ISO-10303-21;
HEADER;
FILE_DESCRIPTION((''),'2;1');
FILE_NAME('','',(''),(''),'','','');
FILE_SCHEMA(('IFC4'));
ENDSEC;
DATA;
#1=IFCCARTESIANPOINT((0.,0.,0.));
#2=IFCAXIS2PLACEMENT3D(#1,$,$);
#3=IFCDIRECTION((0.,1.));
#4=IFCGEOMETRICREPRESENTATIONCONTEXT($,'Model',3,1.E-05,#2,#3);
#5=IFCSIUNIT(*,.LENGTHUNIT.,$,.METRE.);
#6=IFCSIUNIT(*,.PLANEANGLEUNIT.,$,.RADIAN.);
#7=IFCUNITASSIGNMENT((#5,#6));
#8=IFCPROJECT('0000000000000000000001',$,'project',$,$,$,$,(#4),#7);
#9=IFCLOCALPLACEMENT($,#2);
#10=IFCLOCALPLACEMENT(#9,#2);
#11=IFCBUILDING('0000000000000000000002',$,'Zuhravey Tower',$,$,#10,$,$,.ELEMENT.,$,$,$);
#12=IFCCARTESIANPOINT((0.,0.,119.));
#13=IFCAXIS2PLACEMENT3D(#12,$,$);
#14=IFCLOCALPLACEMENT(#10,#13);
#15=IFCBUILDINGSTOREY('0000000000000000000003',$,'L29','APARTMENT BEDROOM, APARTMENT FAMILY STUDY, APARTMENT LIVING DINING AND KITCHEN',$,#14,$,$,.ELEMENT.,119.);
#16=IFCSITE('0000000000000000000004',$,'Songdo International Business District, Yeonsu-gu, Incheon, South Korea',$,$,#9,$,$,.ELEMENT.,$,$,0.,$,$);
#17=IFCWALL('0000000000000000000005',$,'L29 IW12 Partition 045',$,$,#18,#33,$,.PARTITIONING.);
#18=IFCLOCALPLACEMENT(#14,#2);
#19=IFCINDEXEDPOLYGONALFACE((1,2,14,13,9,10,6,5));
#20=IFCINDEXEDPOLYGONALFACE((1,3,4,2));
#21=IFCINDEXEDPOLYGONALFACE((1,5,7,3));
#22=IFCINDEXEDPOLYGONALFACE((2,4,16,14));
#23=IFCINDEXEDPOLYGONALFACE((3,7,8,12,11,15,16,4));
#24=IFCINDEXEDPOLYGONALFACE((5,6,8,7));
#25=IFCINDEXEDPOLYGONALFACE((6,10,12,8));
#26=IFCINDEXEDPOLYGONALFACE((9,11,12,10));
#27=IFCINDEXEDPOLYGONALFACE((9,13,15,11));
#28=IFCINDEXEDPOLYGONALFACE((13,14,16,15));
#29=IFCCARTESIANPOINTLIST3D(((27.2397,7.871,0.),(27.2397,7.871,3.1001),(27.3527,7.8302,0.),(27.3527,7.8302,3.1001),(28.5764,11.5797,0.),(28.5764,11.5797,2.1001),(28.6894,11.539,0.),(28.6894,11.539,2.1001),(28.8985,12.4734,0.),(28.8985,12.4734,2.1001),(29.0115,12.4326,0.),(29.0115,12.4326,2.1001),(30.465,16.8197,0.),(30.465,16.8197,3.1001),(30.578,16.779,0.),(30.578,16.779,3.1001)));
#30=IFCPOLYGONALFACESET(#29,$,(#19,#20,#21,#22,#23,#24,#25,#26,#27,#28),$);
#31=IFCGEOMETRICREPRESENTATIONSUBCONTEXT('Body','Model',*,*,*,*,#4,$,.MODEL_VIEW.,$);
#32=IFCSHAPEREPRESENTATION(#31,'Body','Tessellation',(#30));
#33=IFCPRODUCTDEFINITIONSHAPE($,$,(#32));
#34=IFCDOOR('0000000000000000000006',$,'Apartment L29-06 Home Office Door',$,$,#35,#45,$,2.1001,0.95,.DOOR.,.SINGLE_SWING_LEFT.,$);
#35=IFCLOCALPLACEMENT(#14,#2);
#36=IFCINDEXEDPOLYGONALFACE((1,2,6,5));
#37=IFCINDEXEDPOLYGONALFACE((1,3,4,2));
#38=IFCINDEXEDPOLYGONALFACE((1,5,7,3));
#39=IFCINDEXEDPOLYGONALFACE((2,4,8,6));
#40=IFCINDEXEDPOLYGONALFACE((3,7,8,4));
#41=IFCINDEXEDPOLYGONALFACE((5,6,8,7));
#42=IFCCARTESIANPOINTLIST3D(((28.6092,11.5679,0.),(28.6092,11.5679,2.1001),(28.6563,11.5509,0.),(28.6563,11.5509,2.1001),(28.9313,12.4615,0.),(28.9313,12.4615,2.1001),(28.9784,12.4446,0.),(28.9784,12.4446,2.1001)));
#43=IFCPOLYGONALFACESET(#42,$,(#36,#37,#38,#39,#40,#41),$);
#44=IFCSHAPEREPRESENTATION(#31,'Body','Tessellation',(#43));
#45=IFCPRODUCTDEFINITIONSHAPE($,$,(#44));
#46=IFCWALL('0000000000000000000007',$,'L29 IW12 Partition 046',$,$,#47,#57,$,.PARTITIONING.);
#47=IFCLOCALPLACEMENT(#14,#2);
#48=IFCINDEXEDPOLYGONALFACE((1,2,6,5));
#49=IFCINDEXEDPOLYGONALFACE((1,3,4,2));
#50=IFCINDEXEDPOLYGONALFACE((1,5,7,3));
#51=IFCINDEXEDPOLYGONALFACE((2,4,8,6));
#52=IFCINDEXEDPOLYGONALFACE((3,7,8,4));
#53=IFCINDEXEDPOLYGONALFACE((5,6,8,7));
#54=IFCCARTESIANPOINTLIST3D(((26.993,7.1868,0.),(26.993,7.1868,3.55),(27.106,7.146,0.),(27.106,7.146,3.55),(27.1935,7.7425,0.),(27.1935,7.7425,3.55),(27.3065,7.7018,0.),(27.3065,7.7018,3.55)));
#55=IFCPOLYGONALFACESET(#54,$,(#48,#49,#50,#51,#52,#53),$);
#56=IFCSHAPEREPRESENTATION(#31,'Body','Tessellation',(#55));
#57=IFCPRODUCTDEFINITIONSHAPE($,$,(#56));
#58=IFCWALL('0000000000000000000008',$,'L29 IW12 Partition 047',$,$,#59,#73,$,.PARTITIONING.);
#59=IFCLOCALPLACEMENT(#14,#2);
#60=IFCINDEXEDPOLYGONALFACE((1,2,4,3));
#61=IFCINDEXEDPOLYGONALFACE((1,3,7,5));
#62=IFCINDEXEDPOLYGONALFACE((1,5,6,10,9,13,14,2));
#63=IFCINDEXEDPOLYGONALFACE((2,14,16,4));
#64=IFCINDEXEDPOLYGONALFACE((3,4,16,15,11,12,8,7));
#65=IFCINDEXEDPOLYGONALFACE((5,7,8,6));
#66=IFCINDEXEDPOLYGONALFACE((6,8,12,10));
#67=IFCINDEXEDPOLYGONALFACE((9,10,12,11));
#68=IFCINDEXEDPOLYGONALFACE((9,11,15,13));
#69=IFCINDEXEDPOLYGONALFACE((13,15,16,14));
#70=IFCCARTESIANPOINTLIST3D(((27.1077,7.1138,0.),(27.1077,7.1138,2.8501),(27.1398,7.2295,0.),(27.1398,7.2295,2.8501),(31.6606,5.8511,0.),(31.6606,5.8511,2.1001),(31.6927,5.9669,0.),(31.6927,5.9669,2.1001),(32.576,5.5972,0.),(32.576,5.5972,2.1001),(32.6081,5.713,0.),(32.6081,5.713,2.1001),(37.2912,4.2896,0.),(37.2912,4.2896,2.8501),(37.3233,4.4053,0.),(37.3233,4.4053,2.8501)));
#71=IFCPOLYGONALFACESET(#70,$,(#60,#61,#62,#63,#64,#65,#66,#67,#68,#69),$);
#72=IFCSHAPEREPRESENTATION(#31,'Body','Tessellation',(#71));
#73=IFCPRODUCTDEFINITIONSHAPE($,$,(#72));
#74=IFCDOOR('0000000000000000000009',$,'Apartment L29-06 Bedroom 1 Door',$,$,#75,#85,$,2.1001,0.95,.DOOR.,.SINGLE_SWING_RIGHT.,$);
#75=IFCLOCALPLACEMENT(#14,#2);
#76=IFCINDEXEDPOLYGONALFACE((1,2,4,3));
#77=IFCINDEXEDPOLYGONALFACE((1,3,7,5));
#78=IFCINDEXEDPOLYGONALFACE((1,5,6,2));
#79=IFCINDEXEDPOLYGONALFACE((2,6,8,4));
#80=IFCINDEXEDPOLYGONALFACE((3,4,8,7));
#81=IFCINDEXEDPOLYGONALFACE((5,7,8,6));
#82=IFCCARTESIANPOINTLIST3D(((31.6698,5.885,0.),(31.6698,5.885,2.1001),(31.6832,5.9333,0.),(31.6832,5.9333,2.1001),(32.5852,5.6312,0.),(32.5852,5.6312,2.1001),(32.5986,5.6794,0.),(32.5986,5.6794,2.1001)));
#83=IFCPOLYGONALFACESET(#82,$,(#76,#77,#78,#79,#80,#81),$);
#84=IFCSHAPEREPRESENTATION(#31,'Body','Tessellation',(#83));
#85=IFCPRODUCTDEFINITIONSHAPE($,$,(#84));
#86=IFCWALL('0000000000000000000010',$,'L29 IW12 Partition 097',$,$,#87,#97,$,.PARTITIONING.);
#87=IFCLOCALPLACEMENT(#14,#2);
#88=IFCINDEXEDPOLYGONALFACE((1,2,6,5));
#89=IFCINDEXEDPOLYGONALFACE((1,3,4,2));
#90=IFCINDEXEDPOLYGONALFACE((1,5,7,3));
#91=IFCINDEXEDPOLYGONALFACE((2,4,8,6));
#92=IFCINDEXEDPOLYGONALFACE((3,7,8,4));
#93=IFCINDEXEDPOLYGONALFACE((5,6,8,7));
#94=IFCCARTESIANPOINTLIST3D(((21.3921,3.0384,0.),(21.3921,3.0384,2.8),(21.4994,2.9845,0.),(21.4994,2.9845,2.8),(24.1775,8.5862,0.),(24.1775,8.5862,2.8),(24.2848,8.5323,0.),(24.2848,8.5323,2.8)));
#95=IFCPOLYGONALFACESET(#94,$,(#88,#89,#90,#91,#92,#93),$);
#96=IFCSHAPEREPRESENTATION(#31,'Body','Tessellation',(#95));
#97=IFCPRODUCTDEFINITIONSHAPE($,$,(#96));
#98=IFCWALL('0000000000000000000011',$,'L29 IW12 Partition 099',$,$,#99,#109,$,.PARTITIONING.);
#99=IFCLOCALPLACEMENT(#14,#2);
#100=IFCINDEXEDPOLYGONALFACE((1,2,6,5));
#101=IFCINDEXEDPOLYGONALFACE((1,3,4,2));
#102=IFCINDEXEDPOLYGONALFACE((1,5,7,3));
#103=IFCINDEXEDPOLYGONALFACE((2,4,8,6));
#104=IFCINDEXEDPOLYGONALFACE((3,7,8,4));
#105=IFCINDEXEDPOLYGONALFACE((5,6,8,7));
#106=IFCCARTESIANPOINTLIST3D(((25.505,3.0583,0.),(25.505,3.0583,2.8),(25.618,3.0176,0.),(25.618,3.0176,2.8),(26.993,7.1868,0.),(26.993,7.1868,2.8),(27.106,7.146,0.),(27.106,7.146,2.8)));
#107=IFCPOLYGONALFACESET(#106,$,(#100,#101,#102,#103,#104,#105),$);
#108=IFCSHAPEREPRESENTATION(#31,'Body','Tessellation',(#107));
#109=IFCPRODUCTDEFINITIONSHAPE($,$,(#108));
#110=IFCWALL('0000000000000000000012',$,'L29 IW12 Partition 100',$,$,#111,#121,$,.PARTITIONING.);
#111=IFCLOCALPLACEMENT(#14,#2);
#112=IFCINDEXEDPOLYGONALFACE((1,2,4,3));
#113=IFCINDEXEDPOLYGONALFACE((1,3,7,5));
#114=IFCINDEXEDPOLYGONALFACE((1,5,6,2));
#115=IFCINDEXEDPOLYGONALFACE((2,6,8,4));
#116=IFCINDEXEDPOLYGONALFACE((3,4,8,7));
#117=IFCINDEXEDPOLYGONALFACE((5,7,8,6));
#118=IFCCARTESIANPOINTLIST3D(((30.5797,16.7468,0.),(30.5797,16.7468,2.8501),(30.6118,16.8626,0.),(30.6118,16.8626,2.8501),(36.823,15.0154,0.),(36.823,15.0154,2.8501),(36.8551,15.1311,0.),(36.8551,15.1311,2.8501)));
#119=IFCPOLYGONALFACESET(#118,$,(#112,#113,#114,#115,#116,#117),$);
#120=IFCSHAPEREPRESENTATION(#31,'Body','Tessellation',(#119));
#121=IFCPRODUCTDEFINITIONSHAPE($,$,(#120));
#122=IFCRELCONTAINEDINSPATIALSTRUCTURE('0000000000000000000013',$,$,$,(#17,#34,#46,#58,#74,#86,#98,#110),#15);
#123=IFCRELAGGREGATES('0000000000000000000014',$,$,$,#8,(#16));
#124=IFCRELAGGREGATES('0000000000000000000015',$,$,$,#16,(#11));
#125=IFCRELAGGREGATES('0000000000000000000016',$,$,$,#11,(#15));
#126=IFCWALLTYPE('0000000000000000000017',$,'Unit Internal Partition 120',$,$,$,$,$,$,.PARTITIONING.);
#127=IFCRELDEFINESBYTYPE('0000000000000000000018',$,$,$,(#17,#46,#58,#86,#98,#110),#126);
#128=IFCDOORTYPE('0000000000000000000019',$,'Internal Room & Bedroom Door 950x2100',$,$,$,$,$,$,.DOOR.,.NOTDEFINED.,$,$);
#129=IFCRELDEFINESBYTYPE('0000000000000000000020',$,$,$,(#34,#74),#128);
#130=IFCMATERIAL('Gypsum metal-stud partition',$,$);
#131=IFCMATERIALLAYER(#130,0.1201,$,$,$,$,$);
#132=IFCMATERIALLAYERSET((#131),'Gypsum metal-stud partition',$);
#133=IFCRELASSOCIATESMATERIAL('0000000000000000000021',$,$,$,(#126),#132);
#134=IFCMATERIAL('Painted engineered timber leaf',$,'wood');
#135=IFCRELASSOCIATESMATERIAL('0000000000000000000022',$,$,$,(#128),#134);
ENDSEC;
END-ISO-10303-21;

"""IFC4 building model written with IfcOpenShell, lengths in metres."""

from ifc_helpers import new_model, si_unit, direction, frame, frame_2d, origin, place, context, subcontext, project, spatial, rectangle, extrude, material, layer, layer_set, type_object, element, fill, save


model = new_model("IFC4")

# Units and contexts
model_context = context("Model", 3, precision=1e-05, world=origin(), true_north=direction((0.0, 1.0)))
body_context = subcontext(model_context, "Body", "Model", "MODEL_VIEW")
ifc_project = project(units=[si_unit("LENGTHUNIT", "METRE"), si_unit("PLANEANGLEUNIT", "RADIAN")], contexts=[model_context])

# Site, building, storey
site_placement = place(None, origin())
site = spatial("IfcSite", under=ifc_project, at=site_placement, Name="Songdo International Business District, Yeonsu-gu, Incheon, South Korea", CompositionType="ELEMENT", RefElevation=0.0)
building_placement = place(site_placement, origin())
building = spatial("IfcBuilding", under=site, at=building_placement, Name="Zuhravey Tower", CompositionType="ELEMENT")
storey_placement = place(building_placement, frame((0.0, 0.0, 119.0)))
storey = spatial("IfcBuildingStorey", under=building, at=storey_placement, Name="L29", Description="APARTMENT BEDROOM, APARTMENT FAMILY STUDY, APARTMENT LIVING DINING AND KITCHEN", CompositionType="ELEMENT", Elevation=119.0)

# Shared definitions
ifc_material_1 = material(Name="Gypsum metal-stud partition")
ifc_layer_1 = layer(ifc_material_1, 0.1201)
ifc_layer_set_1 = layer_set([ifc_layer_1], Name="Gypsum metal-stud partition")
wall_type_1 = type_object("IfcWallType", Name="Unit Internal Partition 120", PredefinedType="PARTITIONING", material=ifc_layer_set_1)
ifc_material_2 = material(Name="Painted engineered timber leaf", Category="wood")
door_type = type_object("IfcDoorType", Name="Internal Room & Bedroom Door 950x2100", OperationType="NOTDEFINED", PredefinedType="DOOR", material=ifc_material_2)

# Wall, opening, door
wall_1_placement = place(storey_placement, frame((30.5215, 16.7993, 0.0), z_axis=(0.0, 0.0, 1.0), x_axis=(-0.339073, -0.94076, 0.0)))
wall_1 = element("IfcWall", 1, at=wall_1_placement, inside=storey, type_object=wall_type_1, Name="L29 IW12 Partition 045", PredefinedType="PARTITIONING", context=body_context, shape_type="SweptSolid", body=[
    extrude(rectangle(XDim=9.5122, YDim=0.1201, at=frame_2d((4.7561, 0.0))), origin(), (0.0, 0.0, 1.0), 3.1001),
])
opening_1_placement = place(wall_1_placement, frame((4.6199, 0.0, 0.0)))
opening_1 = element("IfcOpeningElement", 2, at=opening_1_placement, cuts=wall_1, PredefinedType="OPENING", context=body_context, shape_type="SweptSolid", body=[
    extrude(rectangle(XDim=0.95, YDim=2.1001, at=frame_2d((0.4751, 1.05))), frame((0.0, 0.072, 0.0), z_axis=(0.0, -1.0, 0.0), x_axis=(1.0, 0.0, 0.0)), (0.0, 0.0, 1.0), 0.144),
])
door_1_placement = place(opening_1_placement, origin())
door_1 = element("IfcDoor", 3, at=door_1_placement, inside=storey, type_object=door_type, Name="Apartment L29-06 Home Office Door", OperationType="SINGLE_SWING_LEFT", OverallHeight=2.1001, OverallWidth=0.95, PredefinedType="DOOR", context=body_context, shape_type="SweptSolid", body=[
    extrude(rectangle(XDim=0.95, YDim=2.1001, at=frame_2d((0.4751, 1.05))), frame((0.0, 0.0249, 0.0), z_axis=(0.0, -1.0, 0.0), x_axis=(1.0, 0.0, 0.0)), (0.0, 0.0, 1.0), 0.05),
])
fill(opening_1, door_1)

# Wall
wall_2_placement = place(storey_placement, frame((27.25, 7.7222, 0.0), z_axis=(0.0, 0.0, 1.0), x_axis=(-0.339319, -0.940671, 0.0)))
element("IfcWall", 4, at=wall_2_placement, inside=storey, type_object=wall_type_1, Name="L29 IW12 Partition 046", PredefinedType="PARTITIONING", context=body_context, shape_type="SweptSolid", body=[
    extrude(rectangle(XDim=0.5908, YDim=0.1201, at=frame_2d((0.2954, 0.0))), origin(), (0.0, 0.0, 1.0), 3.55),
])

# Wall, opening, door
wall_3_placement = place(storey_placement, frame((27.1238, 7.1716, 0.0), z_axis=(0.0, 0.0, 1.0), x_axis=(0.963629, -0.267243, 0.0)))
wall_3 = element("IfcWall", 5, at=wall_3_placement, inside=storey, type_object=wall_type_1, Name="L29 IW12 Partition 047", PredefinedType="PARTITIONING", context=body_context, shape_type="SweptSolid", body=[
    extrude(rectangle(XDim=10.5679, YDim=0.1201, at=frame_2d((5.2839, 0.0))), origin(), (0.0, 0.0, 1.0), 2.8501),
])
opening_2_placement = place(wall_3_placement, frame((4.7246, 0.0, 0.0)))
opening_2 = element("IfcOpeningElement", 6, at=opening_2_placement, cuts=wall_3, PredefinedType="OPENING", context=body_context, shape_type="SweptSolid", body=[
    extrude(rectangle(XDim=0.95, YDim=2.1001, at=frame_2d((0.4751, 1.05))), frame((0.0, 0.072, 0.0), z_axis=(0.0, -1.0, 0.0), x_axis=(1.0, 0.0, 0.0)), (0.0, 0.0, 1.0), 0.144),
])
door_2_placement = place(opening_2_placement, frame((0.95, 0.0, 0.0), z_axis=(0.0, 0.0, 1.0), x_axis=(-1.0, 0.0, 0.0)))
door_2 = element("IfcDoor", 7, at=door_2_placement, inside=storey, type_object=door_type, Name="Apartment L29-06 Bedroom 1 Door", OperationType="SINGLE_SWING_RIGHT", OverallHeight=2.1001, OverallWidth=0.95, PredefinedType="DOOR", context=body_context, shape_type="SweptSolid", body=[
    extrude(rectangle(XDim=0.95, YDim=2.1001, at=frame_2d((0.4751, 1.05))), frame((0.0, 0.0249, 0.0), z_axis=(0.0, -1.0, 0.0), x_axis=(1.0, 0.0, 0.0)), (0.0, 0.0, 1.0), 0.05),
])
fill(opening_2, door_2)

# Walls
wall_4_placement = place(storey_placement, frame((24.2312, 8.5593, 0.0), z_axis=(0.0, 0.0, 1.0), x_axis=(-0.448692, -0.893687, 0.0)))
element("IfcWall", 8, at=wall_4_placement, inside=storey, type_object=wall_type_1, Name="L29 IW12 Partition 097", PredefinedType="PARTITIONING", context=body_context, shape_type="SweptSolid", body=[
    extrude(rectangle(XDim=6.2078, YDim=0.1201, at=frame_2d((3.104, 0.0))), origin(), (0.0, 0.0, 1.0), 2.8),
])
wall_5_placement = place(storey_placement, frame((27.0496, 7.1665, 0.0), z_axis=(0.0, 0.0, 1.0), x_axis=(-0.339084, -0.940756, 0.0)))
element("IfcWall", 9, at=wall_5_placement, inside=storey, type_object=wall_type_1, Name="L29 IW12 Partition 099", PredefinedType="PARTITIONING", context=body_context, shape_type="SweptSolid", body=[
    extrude(rectangle(XDim=4.3884, YDim=0.1201, at=frame_2d((2.1943, 0.0))), origin(), (0.0, 0.0, 1.0), 2.8),
])
wall_6_placement = place(storey_placement, frame((30.5957, 16.8047, 0.0), z_axis=(0.0, 0.0, 1.0), x_axis=(0.963631, -0.267238, 0.0)))
element("IfcWall", 10, at=wall_6_placement, inside=storey, type_object=wall_type_1, Name="L29 IW12 Partition 100", PredefinedType="PARTITIONING", context=body_context, shape_type="SweptSolid", body=[
    extrude(rectangle(XDim=6.479, YDim=0.1201, at=frame_2d((3.2395, 0.0))), origin(), (0.0, 0.0, 1.0), 2.8501),
])

save(model, "model.ifc")
